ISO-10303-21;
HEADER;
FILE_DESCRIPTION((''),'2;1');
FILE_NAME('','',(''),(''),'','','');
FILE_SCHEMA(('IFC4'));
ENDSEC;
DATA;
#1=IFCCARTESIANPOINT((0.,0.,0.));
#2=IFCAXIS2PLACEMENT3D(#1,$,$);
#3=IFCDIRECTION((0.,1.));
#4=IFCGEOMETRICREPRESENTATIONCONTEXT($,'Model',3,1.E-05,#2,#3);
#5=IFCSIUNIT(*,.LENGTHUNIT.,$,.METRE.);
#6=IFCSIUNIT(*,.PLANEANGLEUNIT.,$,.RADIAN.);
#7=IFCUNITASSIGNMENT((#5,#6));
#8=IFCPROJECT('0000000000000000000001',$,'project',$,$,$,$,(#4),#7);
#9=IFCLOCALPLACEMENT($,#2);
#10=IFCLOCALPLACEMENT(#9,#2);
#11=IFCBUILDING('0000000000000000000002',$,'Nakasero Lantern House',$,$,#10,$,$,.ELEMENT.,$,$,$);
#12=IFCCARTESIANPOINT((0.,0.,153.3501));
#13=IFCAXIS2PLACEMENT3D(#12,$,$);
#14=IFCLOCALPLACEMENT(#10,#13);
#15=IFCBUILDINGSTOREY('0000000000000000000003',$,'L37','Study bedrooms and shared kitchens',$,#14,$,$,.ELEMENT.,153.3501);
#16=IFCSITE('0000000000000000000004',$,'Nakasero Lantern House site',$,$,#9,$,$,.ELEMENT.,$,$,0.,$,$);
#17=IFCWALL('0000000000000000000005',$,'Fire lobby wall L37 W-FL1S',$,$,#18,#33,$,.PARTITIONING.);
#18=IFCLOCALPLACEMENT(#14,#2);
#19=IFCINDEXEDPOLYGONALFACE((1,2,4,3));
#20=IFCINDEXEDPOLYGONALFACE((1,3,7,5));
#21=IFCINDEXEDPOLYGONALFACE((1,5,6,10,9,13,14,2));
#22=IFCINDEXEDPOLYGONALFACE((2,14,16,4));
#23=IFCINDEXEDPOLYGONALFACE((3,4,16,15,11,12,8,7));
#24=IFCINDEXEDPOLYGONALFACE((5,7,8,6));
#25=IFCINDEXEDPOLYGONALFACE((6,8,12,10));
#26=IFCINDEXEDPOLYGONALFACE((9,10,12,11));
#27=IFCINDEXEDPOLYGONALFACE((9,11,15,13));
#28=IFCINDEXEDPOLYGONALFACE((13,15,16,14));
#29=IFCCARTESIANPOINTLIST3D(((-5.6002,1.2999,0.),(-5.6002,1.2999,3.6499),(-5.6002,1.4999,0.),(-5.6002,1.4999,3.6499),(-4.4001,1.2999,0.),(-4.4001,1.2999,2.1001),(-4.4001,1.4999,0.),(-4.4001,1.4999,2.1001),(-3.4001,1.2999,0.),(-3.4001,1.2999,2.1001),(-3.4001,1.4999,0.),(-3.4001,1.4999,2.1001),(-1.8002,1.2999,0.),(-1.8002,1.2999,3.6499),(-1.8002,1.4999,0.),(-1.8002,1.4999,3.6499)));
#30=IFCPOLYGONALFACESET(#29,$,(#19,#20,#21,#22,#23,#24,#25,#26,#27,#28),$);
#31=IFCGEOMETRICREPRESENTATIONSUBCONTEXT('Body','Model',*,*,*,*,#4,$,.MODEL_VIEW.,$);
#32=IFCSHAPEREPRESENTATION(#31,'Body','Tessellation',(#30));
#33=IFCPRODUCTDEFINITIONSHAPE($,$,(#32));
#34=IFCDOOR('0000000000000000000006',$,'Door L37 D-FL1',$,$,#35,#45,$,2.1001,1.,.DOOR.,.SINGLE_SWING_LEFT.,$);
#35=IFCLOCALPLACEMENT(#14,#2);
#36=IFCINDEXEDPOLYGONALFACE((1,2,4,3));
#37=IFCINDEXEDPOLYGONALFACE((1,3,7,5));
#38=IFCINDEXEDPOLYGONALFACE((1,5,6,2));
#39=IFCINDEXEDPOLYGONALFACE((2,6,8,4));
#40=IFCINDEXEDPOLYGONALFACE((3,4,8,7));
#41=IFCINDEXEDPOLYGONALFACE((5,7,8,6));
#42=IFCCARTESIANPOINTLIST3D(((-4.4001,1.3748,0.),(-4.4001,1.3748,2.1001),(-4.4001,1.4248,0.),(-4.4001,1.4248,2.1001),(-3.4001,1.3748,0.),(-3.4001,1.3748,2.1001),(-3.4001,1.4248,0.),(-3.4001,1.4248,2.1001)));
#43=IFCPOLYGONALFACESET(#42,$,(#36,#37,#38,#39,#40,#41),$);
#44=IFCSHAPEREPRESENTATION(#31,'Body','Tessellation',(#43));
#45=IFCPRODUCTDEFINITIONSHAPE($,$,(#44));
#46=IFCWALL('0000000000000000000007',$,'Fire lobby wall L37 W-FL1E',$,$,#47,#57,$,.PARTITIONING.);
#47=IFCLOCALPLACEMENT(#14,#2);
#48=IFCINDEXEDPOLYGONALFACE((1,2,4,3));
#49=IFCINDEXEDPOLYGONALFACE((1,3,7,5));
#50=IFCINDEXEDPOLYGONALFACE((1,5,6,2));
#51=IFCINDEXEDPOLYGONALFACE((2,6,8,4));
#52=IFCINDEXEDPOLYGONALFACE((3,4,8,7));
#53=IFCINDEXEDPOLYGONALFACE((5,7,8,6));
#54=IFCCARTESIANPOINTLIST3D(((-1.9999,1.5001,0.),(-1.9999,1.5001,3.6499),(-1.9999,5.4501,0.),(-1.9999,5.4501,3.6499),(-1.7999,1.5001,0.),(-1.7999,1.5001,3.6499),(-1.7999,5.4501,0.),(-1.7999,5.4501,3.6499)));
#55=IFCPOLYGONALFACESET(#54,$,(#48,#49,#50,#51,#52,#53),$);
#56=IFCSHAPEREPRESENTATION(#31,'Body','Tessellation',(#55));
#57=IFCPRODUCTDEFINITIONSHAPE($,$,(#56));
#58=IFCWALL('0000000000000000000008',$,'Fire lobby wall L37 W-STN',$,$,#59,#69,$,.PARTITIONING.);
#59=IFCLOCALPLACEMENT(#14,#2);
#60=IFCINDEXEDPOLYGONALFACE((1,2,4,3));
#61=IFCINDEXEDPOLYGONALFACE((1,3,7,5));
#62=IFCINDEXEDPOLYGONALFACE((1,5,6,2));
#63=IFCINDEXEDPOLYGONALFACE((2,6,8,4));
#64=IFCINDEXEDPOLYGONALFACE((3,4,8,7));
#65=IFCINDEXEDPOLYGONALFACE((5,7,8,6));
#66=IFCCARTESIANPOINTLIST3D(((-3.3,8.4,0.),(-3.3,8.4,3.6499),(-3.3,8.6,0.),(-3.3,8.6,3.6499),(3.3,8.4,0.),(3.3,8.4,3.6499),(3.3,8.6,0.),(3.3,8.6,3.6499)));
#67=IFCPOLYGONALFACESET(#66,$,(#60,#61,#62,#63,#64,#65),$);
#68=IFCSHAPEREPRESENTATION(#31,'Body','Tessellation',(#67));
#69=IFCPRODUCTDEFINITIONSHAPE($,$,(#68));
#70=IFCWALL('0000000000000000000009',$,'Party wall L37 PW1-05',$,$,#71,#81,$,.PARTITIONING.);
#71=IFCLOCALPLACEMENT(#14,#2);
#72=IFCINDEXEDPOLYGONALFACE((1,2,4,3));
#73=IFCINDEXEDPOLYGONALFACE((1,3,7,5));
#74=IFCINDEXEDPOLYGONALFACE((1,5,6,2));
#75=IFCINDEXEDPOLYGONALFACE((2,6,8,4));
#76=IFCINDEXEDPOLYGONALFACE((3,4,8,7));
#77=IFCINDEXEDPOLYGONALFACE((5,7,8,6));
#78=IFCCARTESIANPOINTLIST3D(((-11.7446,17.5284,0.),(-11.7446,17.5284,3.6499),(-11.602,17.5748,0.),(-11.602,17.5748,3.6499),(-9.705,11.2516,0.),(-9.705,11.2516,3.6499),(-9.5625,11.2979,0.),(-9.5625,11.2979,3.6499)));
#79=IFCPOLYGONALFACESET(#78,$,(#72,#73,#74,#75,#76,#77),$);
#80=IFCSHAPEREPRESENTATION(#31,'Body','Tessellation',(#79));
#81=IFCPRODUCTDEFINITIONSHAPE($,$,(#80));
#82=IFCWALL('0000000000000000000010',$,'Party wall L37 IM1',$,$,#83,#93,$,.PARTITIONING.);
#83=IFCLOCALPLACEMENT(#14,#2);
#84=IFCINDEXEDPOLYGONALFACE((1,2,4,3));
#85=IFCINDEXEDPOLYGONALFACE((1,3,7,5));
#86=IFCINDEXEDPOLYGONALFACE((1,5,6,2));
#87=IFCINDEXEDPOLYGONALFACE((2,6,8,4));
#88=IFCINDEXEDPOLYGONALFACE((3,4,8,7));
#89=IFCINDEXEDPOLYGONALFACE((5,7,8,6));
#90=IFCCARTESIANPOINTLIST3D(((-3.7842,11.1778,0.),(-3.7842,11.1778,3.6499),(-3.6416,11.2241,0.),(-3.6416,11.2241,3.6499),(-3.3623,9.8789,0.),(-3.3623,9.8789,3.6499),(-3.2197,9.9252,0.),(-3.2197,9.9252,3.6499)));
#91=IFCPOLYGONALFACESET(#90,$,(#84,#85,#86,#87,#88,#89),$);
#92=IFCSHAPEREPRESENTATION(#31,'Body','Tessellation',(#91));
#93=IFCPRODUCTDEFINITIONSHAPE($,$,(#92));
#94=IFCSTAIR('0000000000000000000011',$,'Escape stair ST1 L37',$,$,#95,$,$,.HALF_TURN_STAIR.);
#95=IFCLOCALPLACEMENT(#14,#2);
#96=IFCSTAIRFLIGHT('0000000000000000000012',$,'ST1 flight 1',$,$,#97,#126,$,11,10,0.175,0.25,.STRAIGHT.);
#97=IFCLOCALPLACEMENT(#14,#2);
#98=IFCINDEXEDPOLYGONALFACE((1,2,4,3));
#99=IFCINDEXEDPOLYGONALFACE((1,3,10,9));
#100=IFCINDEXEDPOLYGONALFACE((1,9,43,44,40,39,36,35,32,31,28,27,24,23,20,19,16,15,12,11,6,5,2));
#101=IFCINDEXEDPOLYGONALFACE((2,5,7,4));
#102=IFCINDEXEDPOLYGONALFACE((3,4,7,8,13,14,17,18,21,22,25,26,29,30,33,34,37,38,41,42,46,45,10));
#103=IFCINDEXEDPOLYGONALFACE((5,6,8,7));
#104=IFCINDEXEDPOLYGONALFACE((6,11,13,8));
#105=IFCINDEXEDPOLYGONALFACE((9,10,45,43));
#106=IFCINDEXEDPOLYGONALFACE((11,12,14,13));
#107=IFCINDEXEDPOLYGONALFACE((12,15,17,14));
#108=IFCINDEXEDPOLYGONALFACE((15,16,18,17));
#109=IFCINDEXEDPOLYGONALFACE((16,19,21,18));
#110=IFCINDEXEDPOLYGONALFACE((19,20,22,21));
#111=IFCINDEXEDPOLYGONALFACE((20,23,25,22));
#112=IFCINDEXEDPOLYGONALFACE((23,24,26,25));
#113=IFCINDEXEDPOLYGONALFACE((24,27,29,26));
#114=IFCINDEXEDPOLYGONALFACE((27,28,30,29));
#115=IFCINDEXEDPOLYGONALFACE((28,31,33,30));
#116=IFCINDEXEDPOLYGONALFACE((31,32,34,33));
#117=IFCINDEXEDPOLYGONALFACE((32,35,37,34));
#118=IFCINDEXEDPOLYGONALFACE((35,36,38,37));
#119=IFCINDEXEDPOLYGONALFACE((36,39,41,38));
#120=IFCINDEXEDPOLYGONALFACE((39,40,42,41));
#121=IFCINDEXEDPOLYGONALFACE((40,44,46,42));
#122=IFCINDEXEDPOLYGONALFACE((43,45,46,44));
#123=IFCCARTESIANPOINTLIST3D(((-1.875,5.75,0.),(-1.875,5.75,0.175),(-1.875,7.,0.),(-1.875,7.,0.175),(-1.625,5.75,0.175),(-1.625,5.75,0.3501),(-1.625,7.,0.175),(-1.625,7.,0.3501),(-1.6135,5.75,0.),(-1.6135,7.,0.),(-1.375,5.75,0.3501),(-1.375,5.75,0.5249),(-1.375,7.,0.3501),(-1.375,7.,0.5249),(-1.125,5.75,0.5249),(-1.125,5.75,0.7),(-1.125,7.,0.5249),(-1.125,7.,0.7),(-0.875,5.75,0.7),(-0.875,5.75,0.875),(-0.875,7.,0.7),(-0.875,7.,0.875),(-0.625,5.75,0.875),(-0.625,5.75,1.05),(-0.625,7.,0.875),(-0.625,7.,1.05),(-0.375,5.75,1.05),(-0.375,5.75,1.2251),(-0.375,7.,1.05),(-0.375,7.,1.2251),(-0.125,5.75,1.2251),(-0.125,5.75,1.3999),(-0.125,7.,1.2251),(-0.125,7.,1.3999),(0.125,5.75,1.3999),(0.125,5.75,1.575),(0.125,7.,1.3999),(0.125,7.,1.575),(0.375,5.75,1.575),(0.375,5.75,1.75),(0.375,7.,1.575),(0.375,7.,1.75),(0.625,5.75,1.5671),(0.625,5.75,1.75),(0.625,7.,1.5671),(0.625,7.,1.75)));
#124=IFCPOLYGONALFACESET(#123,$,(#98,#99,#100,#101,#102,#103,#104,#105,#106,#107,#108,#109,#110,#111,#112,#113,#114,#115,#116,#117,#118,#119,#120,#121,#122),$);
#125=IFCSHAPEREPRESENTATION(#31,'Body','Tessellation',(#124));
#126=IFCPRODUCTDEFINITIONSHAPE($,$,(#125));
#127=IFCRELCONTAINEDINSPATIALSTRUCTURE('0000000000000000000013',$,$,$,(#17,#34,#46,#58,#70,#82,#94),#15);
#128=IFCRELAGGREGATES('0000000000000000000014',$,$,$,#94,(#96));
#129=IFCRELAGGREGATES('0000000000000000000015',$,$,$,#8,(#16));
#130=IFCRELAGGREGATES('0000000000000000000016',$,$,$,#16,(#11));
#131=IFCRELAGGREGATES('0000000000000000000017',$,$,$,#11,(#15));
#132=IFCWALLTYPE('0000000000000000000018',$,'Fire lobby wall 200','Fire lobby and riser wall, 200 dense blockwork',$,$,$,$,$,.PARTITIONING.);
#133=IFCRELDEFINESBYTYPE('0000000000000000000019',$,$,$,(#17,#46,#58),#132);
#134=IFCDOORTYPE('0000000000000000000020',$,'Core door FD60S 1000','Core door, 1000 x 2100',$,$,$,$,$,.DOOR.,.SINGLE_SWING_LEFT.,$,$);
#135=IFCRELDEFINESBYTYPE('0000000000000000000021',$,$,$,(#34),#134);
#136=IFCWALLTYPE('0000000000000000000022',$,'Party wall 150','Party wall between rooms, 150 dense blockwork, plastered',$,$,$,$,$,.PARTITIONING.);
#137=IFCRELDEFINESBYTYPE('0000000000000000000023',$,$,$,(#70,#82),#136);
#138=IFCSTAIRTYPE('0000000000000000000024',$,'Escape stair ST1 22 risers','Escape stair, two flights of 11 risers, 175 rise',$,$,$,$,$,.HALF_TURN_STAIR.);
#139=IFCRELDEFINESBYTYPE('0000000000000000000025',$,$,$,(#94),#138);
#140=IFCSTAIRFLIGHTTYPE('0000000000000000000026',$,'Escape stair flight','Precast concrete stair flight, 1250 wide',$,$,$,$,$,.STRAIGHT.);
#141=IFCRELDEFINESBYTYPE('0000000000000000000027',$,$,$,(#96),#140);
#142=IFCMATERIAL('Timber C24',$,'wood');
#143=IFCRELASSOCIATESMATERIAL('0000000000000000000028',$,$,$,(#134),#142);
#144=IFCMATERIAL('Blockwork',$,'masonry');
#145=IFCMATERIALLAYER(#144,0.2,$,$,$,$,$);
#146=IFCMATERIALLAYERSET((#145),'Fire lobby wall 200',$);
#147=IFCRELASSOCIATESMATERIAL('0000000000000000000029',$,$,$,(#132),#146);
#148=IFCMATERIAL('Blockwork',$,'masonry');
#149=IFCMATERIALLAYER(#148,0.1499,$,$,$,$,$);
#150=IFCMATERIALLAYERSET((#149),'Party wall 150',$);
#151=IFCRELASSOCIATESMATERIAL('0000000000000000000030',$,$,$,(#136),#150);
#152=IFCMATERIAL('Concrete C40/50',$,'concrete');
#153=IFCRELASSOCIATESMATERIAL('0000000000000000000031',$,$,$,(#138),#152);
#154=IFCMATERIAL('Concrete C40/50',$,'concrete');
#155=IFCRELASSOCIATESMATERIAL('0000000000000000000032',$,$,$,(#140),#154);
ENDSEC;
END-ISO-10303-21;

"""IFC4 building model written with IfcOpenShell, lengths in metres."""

from ifc_helpers import new_model, si_unit, direction, frame, frame_2d, origin, place, context, subcontext, project, spatial, polyline, rectangle, outline, extrude, material, layer, layer_set, type_object, element, fill, aggregate, save


model = new_model("IFC4")

# Units and contexts
model_context = context("Model", 3, precision=1e-05, world=origin(), true_north=direction((0.0, 1.0)))
body_context = subcontext(model_context, "Body", "Model", "MODEL_VIEW")
ifc_project = project(units=[si_unit("LENGTHUNIT", "METRE"), si_unit("PLANEANGLEUNIT", "RADIAN")], contexts=[model_context])

# Site, building, storey
site_placement = place(None, origin())
site = spatial("IfcSite", under=ifc_project, at=site_placement, Name="Nakasero Lantern House site", CompositionType="ELEMENT", RefElevation=0.0)
building_placement = place(site_placement, origin())
building = spatial("IfcBuilding", under=site, at=building_placement, Name="Nakasero Lantern House", CompositionType="ELEMENT")
storey_placement = place(building_placement, frame((0.0, 0.0, 153.3501)))
storey = spatial("IfcBuildingStorey", under=building, at=storey_placement, Name="L37", Description="Study bedrooms and shared kitchens", CompositionType="ELEMENT", Elevation=153.3501)

# Shared definitions
ifc_material_1 = material(Name="Timber C24", Category="wood")
door_type_1 = type_object("IfcDoorType", Name="Core door FD60S 1000", Description="Core door, 1000 x 2100", OperationType="SINGLE_SWING_LEFT", PredefinedType="DOOR", material=ifc_material_1)

# Wall, opening, door
ifc_material_2 = material(Name="Blockwork", Category="masonry")
ifc_layer_1 = layer(ifc_material_2, 0.2)
ifc_layer_set_1 = layer_set([ifc_layer_1], Name="Fire lobby wall 200")
wall_type_1 = type_object("IfcWallType", Name="Fire lobby wall 200", Description="Fire lobby and riser wall, 200 dense blockwork", PredefinedType="PARTITIONING", material=ifc_layer_set_1)
wall_1_placement = place(storey_placement, frame((-5.6001, 1.3999, 0.0), z_axis=(0.0, 0.0, 1.0), x_axis=(1.0, 0.0, 0.0)))
wall_1 = element("IfcWall", 1, at=wall_1_placement, inside=storey, type_object=wall_type_1, Name="Fire lobby wall L37 W-FL1S", PredefinedType="PARTITIONING", context=body_context, shape_type="SweptSolid", body=[
    extrude(rectangle(XDim=3.8, YDim=0.2, at=frame_2d((1.8999, 0.0))), origin(), (0.0, 0.0, 1.0), 3.6499),
])
opening_1_placement = place(wall_1_placement, frame((1.2, 0.0, 0.0)))
opening_1 = element("IfcOpeningElement", 2, at=opening_1_placement, cuts=wall_1, PredefinedType="OPENING", context=body_context, shape_type="SweptSolid", body=[
    extrude(rectangle(XDim=1.0, YDim=2.1001, at=frame_2d((0.5, 1.05))), frame((0.0, 0.1199, 0.0), z_axis=(0.0, -1.0, 0.0), x_axis=(1.0, 0.0, 0.0)), (0.0, 0.0, 1.0), 0.24),
])
door_1_placement = place(opening_1_placement, origin())
door_1 = element("IfcDoor", 3, at=door_1_placement, inside=storey, type_object=door_type_1, Name="Door L37 D-FL1", OperationType="SINGLE_SWING_LEFT", OverallHeight=2.1001, OverallWidth=1.0, PredefinedType="DOOR", context=body_context, shape_type="SweptSolid", body=[
    extrude(rectangle(XDim=1.0, YDim=2.1001, at=frame_2d((0.5, 1.05))), frame((0.0, 0.0249, 0.0), z_axis=(0.0, -1.0, 0.0), x_axis=(1.0, 0.0, 0.0)), (0.0, 0.0, 1.0), 0.05),
])
fill(opening_1, door_1)

# Walls
wall_2_placement = place(storey_placement, frame((-1.8999, 1.5, 0.0), z_axis=(0.0, 0.0, 1.0), x_axis=(0.0, 1.0, 0.0)))
element("IfcWall", 4, at=wall_2_placement, inside=storey, type_object=wall_type_1, Name="Fire lobby wall L37 W-FL1E", PredefinedType="PARTITIONING", context=body_context, shape_type="SweptSolid", body=[
    extrude(rectangle(XDim=3.95, YDim=0.2, at=frame_2d((1.9751, 0.0))), origin(), (0.0, 0.0, 1.0), 3.6499),
])
wall_3_placement = place(storey_placement, frame((-3.3, 8.5, 0.0), z_axis=(0.0, 0.0, 1.0), x_axis=(1.0, 0.0, 0.0)))
element("IfcWall", 5, at=wall_3_placement, inside=storey, type_object=wall_type_1, Name="Fire lobby wall L37 W-STN", PredefinedType="PARTITIONING", context=body_context, shape_type="SweptSolid", body=[
    extrude(rectangle(XDim=6.6001, YDim=0.2, at=frame_2d((3.3, 0.0))), origin(), (0.0, 0.0, 1.0), 3.6499),
])
ifc_material_3 = material(Name="Blockwork", Category="masonry")
ifc_layer_2 = layer(ifc_material_3, 0.1499)
ifc_layer_set_2 = layer_set([ifc_layer_2], Name="Party wall 150")
wall_type_2 = type_object("IfcWallType", Name="Party wall 150", Description="Party wall between rooms, 150 dense blockwork, plastered", PredefinedType="PARTITIONING", material=ifc_layer_set_2)
wall_4_placement = place(storey_placement, frame((-9.6338, 11.2749, 0.0), z_axis=(0.0, 0.0, 1.0), x_axis=(-0.309028, 0.951053, 0.0)))
element("IfcWall", 6, at=wall_4_placement, inside=storey, type_object=wall_type_2, Name="Party wall L37 PW1-05", PredefinedType="PARTITIONING", context=body_context, shape_type="SweptSolid", body=[
    extrude(rectangle(XDim=6.5999, YDim=0.1499, at=frame_2d((3.2998, 0.0))), origin(), (0.0, 0.0, 1.0), 3.6499),
])
wall_5_placement = place(storey_placement, frame((-3.7129, 11.2009, 0.0), z_axis=(0.0, 0.0, 1.0), x_axis=(0.308924, -0.951087, 0.0)))
element("IfcWall", 7, at=wall_5_placement, inside=storey, type_object=wall_type_2, Name="Party wall L37 IM1", PredefinedType="PARTITIONING", context=body_context, shape_type="SweptSolid", body=[
    extrude(rectangle(XDim=1.3657, YDim=0.1499, at=frame_2d((0.6829, 0.0))), origin(), (0.0, 0.0, 1.0), 3.6499),
])

# Stair, stair flight
ifc_material_4 = material(Name="Concrete C40/50", Category="concrete")
stair_type = type_object("IfcStairType", Name="Escape stair ST1 22 risers", Description="Escape stair, two flights of 11 risers, 175 rise", PredefinedType="HALF_TURN_STAIR", material=ifc_material_4)
stair_placement = place(storey_placement, origin())
stair = element("IfcStair", 8, at=stair_placement, inside=storey, type_object=stair_type, Name="Escape stair ST1 L37", PredefinedType="HALF_TURN_STAIR")
ifc_material_5 = material(Name="Concrete C40/50", Category="concrete")
stair_flight_type = type_object("IfcStairFlightType", Name="Escape stair flight", Description="Precast concrete stair flight, 1250 wide", PredefinedType="STRAIGHT", material=ifc_material_5)
stair_flight_placement = place(storey_placement, frame((-1.875, 6.375, 0.0), z_axis=(0.0, 0.0, 1.0), x_axis=(1.0, 0.0, 0.0)))
stair_flight = element("IfcStairFlight", 9, at=stair_flight_placement, type_object=stair_flight_type, Name="ST1 flight 1", NumberOfRisers=11, NumberOfTreads=10, PredefinedType="STRAIGHT", RiserHeight=0.175, TreadLength=0.25, context=body_context, shape_type="SweptSolid", body=[
    extrude(outline(polyline([(0.0, 0.0), (0.0, 0.175), (0.25, 0.175), (0.25, 0.3501), (0.5, 0.3501), (0.5, 0.5249), (0.75, 0.5249), (0.75, 0.7), (1.0, 0.7), (1.0, 0.875), (1.25, 0.875), (1.25, 1.05), (1.5, 1.05), (1.5, 1.2251), (1.75, 1.2251), (1.75, 1.3999), (2.0, 1.3999), (2.0, 1.575), (2.25, 1.575), (2.25, 1.75), (2.5, 1.75), (2.5, 1.925), (2.5, 1.5671), (0.2615, 0.0), (0.0, 0.0)])), frame((0.0, 0.625, 0.0), z_axis=(0.0, -1.0, 0.0), x_axis=(1.0, 0.0, 0.0)), (0.0, 0.0, 1.0), 1.25),
])
aggregate(stair, [stair_flight])

save(model, "model.ifc")
